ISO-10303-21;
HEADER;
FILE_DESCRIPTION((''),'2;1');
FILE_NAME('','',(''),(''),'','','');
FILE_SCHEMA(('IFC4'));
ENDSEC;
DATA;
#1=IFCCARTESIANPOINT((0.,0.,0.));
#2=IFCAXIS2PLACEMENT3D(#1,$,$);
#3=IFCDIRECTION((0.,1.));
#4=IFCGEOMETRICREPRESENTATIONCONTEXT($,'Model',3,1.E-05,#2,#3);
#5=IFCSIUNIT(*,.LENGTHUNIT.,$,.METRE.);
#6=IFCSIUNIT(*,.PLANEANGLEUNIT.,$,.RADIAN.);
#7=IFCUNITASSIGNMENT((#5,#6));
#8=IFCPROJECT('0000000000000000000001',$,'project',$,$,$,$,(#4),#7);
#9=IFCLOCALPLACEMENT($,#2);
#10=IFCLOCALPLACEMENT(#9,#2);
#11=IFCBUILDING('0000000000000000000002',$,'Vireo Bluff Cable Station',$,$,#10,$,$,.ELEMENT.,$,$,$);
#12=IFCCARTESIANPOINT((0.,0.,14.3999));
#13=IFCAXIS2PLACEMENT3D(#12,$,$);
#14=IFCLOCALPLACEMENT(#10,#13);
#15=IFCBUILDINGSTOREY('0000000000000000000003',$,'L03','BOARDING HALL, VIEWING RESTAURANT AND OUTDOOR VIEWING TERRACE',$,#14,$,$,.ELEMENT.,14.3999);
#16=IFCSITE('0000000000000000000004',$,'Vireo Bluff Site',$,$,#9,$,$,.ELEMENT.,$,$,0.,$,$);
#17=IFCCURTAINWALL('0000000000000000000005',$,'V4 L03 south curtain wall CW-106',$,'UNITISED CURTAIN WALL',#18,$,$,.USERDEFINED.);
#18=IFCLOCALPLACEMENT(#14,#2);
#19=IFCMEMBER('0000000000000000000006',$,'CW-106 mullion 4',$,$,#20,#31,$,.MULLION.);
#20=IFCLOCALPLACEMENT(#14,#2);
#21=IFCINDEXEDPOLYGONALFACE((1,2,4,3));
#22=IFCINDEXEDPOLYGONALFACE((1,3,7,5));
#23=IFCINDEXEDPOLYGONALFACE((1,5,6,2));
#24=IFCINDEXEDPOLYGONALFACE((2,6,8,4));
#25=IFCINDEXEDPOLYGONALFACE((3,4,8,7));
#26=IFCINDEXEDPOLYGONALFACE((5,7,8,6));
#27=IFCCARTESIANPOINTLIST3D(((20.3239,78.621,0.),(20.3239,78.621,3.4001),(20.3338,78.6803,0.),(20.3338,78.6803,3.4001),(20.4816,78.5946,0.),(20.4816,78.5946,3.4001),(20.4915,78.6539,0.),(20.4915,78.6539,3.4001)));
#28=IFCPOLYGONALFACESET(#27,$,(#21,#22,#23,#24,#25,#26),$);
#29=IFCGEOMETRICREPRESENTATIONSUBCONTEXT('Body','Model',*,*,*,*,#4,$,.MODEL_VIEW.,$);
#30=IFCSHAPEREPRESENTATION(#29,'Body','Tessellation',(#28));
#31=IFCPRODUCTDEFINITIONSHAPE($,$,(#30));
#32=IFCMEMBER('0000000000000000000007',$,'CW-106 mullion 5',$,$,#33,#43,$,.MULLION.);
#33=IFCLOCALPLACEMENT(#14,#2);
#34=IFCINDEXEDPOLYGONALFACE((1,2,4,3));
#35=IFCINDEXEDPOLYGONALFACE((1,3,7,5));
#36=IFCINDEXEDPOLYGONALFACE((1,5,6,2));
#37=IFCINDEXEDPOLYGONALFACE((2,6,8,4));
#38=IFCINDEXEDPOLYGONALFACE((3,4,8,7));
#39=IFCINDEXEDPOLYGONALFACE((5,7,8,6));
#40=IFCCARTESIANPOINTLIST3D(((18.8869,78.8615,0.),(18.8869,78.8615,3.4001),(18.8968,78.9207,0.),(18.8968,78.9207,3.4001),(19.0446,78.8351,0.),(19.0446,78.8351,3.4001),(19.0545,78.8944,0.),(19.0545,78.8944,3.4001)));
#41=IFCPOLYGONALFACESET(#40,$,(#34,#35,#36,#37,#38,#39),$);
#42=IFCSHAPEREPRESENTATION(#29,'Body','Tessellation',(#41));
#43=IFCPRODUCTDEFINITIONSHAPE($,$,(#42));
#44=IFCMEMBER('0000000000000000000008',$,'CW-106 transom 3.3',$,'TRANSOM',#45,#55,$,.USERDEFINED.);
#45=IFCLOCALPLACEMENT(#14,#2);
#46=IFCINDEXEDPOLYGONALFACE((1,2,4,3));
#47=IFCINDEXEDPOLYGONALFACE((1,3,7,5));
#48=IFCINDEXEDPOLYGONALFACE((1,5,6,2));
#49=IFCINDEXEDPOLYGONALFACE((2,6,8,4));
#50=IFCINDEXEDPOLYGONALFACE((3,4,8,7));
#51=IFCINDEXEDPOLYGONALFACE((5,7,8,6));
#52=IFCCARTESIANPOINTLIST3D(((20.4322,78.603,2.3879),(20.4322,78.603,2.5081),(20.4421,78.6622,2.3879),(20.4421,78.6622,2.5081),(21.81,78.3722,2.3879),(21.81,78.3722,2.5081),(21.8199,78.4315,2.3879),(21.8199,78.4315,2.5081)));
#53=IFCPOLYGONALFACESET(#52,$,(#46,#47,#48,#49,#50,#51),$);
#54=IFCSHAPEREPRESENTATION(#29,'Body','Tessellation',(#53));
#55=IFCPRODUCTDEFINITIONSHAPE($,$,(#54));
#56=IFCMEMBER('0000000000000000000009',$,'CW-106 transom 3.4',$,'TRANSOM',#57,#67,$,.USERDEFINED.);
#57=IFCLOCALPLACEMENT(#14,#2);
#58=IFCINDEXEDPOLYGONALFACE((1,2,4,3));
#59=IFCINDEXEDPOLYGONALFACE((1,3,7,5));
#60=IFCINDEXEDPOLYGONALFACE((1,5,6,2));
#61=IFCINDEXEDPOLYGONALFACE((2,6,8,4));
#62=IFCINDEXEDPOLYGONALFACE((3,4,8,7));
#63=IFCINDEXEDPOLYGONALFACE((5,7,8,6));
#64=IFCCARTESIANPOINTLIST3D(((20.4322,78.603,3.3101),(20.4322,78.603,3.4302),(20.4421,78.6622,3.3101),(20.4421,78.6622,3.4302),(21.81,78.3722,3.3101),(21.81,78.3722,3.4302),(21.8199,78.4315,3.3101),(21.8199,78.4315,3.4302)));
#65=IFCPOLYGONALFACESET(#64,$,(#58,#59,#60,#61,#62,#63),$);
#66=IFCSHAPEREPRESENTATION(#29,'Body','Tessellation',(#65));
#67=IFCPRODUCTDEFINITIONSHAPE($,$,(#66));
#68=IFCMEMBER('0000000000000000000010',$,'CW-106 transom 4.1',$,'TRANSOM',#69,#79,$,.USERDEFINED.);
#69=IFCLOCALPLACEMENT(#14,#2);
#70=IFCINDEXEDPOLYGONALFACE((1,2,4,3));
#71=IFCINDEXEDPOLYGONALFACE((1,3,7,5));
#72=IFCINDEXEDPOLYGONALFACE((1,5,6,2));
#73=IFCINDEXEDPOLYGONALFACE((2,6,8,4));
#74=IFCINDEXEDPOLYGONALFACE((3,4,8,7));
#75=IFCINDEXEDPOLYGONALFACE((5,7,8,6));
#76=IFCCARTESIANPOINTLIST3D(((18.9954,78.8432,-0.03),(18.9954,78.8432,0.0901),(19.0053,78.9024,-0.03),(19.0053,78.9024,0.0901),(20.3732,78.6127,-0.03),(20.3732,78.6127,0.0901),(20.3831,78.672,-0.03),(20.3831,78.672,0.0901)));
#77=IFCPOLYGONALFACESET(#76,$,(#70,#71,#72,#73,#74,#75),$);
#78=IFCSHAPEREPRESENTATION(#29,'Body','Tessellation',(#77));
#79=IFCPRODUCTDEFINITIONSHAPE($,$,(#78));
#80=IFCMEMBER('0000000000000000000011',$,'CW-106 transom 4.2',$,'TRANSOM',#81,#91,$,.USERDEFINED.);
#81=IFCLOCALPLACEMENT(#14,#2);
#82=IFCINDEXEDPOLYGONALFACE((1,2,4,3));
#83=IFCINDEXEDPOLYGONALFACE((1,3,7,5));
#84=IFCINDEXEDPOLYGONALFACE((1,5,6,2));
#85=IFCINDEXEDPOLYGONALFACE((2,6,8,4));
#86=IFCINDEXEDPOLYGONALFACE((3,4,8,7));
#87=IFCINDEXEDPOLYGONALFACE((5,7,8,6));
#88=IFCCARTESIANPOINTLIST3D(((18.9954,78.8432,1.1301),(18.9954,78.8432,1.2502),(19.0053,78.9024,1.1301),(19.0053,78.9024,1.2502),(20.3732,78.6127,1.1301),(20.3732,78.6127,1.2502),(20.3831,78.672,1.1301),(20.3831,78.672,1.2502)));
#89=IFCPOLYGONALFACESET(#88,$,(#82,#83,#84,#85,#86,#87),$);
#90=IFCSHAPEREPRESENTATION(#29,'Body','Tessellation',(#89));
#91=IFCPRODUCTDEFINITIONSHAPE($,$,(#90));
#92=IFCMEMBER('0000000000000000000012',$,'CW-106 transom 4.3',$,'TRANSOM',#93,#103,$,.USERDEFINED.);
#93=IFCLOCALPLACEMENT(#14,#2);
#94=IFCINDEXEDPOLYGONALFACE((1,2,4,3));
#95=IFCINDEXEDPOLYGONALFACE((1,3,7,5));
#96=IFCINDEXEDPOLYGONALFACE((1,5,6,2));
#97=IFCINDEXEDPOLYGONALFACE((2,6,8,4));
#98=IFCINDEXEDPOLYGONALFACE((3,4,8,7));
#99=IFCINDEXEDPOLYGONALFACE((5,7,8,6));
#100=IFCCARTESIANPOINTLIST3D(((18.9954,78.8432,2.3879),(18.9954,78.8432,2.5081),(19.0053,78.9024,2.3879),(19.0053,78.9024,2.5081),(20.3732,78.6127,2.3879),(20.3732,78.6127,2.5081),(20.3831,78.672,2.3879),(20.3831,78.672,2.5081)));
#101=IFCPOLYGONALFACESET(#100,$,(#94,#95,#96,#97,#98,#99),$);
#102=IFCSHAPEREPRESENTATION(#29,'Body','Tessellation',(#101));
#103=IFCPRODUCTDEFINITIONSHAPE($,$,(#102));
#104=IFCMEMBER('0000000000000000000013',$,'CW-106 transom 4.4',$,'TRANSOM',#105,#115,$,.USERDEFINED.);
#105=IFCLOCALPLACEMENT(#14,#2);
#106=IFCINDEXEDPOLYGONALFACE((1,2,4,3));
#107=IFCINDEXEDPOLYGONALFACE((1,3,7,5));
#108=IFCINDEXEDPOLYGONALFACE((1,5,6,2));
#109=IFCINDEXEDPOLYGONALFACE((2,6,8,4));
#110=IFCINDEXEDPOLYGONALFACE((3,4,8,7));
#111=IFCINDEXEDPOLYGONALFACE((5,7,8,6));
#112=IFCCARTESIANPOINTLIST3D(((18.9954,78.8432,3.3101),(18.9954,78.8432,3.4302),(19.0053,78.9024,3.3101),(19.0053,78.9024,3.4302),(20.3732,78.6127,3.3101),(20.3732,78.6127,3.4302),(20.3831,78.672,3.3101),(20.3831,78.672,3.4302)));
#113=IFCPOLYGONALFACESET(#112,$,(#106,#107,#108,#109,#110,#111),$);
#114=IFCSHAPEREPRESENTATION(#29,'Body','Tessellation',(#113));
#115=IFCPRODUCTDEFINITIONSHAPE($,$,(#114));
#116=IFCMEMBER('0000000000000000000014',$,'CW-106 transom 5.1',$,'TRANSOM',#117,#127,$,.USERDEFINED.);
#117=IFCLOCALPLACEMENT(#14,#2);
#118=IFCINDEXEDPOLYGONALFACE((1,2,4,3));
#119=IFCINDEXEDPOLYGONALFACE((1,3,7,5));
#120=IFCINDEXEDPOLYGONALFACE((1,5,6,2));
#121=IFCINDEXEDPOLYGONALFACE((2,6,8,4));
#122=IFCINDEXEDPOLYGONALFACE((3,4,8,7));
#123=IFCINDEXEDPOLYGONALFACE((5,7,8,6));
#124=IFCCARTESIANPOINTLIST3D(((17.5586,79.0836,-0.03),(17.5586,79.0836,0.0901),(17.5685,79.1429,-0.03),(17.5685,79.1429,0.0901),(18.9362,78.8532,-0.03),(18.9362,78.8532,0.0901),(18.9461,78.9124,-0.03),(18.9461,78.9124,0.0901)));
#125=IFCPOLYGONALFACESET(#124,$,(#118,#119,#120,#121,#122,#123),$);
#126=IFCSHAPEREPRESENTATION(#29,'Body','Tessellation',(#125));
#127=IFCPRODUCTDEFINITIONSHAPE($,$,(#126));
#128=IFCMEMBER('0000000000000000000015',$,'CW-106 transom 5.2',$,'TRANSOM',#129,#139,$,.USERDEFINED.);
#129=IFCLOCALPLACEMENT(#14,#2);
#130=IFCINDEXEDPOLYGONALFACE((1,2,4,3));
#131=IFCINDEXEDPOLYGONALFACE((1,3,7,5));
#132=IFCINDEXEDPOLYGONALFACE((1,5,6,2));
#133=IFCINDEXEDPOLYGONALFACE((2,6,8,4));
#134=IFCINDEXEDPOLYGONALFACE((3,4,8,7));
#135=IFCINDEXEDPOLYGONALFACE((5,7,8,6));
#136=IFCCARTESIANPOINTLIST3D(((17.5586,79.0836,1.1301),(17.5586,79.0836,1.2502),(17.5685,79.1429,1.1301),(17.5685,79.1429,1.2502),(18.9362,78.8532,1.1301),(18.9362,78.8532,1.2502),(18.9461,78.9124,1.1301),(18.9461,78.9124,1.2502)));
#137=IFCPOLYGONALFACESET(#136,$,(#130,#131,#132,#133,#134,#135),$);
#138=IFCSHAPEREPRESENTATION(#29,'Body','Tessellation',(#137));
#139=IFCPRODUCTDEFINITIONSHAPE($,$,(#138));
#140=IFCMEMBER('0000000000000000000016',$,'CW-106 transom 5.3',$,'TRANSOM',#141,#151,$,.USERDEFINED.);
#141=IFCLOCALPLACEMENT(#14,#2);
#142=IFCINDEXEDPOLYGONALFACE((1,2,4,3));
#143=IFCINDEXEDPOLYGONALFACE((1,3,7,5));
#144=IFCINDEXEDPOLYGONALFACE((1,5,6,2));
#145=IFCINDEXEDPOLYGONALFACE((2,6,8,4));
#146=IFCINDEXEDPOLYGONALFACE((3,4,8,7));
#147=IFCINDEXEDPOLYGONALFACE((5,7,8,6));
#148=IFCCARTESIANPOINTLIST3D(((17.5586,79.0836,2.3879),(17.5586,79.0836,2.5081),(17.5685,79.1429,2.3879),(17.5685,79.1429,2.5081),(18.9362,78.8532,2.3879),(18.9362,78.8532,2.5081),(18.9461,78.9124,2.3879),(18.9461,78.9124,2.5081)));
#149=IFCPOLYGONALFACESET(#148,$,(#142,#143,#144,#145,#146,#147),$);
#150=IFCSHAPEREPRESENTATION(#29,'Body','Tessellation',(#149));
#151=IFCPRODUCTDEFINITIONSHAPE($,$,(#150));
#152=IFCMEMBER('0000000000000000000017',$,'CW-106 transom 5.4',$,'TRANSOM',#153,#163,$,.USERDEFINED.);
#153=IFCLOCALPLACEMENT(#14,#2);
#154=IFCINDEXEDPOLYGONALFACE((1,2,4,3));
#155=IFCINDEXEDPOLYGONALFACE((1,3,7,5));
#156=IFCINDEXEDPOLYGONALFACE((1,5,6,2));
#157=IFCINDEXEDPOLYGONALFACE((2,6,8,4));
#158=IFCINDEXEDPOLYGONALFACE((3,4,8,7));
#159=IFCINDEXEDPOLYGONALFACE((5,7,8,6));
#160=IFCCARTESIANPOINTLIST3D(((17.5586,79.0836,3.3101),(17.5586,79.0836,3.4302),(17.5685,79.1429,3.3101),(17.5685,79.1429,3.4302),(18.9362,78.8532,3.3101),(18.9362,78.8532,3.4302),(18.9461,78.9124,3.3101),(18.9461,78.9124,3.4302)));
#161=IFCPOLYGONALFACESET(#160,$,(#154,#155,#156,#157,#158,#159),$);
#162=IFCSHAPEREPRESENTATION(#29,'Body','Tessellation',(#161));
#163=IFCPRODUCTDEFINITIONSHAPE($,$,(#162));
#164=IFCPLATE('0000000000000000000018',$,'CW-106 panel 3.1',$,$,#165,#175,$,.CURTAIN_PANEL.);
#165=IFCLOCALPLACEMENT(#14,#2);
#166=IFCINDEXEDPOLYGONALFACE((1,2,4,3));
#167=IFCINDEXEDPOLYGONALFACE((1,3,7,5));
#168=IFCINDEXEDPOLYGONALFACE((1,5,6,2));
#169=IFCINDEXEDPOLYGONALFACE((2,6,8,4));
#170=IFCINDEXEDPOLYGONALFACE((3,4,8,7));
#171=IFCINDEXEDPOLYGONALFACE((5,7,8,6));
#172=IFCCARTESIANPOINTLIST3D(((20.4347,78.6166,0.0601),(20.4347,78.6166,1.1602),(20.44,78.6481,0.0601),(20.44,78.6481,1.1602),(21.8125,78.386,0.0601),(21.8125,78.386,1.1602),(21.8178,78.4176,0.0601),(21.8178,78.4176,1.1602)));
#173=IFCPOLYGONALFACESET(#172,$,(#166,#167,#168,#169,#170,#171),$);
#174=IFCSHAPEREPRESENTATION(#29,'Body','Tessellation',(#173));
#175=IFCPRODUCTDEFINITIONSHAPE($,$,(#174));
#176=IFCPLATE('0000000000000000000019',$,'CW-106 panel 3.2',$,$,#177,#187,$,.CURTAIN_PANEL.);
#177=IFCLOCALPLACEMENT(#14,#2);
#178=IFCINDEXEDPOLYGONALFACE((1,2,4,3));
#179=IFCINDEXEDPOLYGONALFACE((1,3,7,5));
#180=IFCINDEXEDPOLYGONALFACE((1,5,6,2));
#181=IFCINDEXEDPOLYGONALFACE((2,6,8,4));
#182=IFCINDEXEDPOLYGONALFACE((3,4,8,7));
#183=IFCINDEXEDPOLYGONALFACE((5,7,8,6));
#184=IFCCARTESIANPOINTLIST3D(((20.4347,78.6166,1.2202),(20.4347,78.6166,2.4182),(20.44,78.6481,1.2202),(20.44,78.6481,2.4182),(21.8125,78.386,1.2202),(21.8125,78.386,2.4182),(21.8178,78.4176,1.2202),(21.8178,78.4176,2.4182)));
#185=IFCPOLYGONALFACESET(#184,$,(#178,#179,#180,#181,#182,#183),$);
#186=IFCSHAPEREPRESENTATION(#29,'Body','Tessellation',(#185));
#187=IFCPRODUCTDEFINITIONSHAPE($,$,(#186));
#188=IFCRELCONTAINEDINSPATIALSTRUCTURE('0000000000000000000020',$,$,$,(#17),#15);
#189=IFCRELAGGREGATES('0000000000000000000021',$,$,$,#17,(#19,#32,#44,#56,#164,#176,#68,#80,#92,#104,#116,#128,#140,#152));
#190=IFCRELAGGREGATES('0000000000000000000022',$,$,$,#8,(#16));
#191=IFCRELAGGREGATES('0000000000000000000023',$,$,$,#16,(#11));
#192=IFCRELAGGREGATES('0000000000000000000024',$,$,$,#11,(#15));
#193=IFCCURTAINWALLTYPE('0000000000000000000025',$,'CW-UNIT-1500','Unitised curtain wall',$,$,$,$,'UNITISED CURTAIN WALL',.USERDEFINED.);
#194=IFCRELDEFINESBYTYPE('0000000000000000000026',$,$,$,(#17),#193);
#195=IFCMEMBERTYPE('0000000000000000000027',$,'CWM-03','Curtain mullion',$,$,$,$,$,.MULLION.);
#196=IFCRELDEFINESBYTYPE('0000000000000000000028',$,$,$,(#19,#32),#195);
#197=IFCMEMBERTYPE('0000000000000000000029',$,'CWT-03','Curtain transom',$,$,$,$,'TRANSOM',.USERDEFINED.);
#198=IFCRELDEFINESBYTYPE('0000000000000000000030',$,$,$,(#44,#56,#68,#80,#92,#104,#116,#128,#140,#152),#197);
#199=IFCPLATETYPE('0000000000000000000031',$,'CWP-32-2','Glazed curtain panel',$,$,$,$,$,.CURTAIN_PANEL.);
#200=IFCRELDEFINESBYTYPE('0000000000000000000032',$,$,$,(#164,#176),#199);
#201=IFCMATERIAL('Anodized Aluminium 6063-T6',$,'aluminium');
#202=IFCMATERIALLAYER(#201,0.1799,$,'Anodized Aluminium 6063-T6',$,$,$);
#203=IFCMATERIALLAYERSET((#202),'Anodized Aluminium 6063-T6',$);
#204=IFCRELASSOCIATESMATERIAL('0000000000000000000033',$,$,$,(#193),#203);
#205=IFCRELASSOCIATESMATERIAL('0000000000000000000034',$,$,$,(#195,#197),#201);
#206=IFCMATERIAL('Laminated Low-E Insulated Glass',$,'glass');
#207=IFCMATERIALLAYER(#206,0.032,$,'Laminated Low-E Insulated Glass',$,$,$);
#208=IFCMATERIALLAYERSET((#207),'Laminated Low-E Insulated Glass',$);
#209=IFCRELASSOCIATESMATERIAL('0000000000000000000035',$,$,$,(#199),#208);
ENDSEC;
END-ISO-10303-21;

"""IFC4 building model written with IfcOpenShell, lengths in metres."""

from ifc_helpers import new_model, si_unit, direction, frame, origin, origin_2d, place, context, subcontext, project, spatial, rectangle, extrude, material, layer, layer_set, material_profile, profile_set, type_object, element, aggregate, save


model = new_model("IFC4")

# Units and contexts
model_context = context("Model", 3, precision=1e-05, world=origin(), true_north=direction((0.0, 1.0)))
body_context = subcontext(model_context, "Body", "Model", "MODEL_VIEW")
ifc_project = project(units=[si_unit("LENGTHUNIT", "METRE"), si_unit("PLANEANGLEUNIT", "RADIAN")], contexts=[model_context])

# Site, building, storey
site_placement = place(None, origin())
site = spatial("IfcSite", under=ifc_project, at=site_placement, Name="Vireo Bluff Site", CompositionType="ELEMENT", RefElevation=0.0)
building_placement = place(site_placement, origin())
building = spatial("IfcBuilding", under=site, at=building_placement, Name="Vireo Bluff Cable Station", CompositionType="ELEMENT")
storey_placement = place(building_placement, frame((0.0, 0.0, 14.3999)))
storey = spatial("IfcBuildingStorey", under=building, at=storey_placement, Name="L03", Description="BOARDING HALL, VIEWING RESTAURANT AND OUTDOOR VIEWING TERRACE", CompositionType="ELEMENT", Elevation=14.3999)

# Curtain wall, members, plates
ifc_material_1 = material(Name="Anodized Aluminium 6063-T6", Category="aluminium")
ifc_layer_1 = layer(ifc_material_1, 0.1799, Name="Anodized Aluminium 6063-T6")
ifc_layer_set_1 = layer_set([ifc_layer_1], Name="Anodized Aluminium 6063-T6")
curtain_wall_type = type_object("IfcCurtainWallType", Name="CW-UNIT-1500", Description="Unitised curtain wall", ElementType="UNITISED CURTAIN WALL", PredefinedType="USERDEFINED", material=ifc_layer_set_1)
curtain_wall_placement = place(storey_placement, origin())
curtain_wall = element("IfcCurtainWall", 1, at=curtain_wall_placement, inside=storey, type_object=curtain_wall_type, Name="V4 L03 south curtain wall CW-106", ObjectType="UNITISED CURTAIN WALL", PredefinedType="USERDEFINED")
ifc_material_profile_1 = material_profile(ifc_material_1, rectangle(XDim=0.0601, YDim=0.1599, at=origin_2d()), Name="ALU-M-60X160")
ifc_profile_set_1 = profile_set([ifc_material_profile_1], Name="Anodized Aluminium 6063-T6")
member_type_1 = type_object("IfcMemberType", Name="CWM-03", Description="Curtain mullion", PredefinedType="MULLION", material=ifc_profile_set_1)
member_1_placement = place(storey_placement, frame((20.4077, 78.6375, 0.0), z_axis=(0.0, 0.0, 1.0), x_axis=(-0.165048, -0.986286, 0.0)))
member_1 = element("IfcMember", 2, at=member_1_placement, type_object=member_type_1, Name="CW-106 mullion 4", PredefinedType="MULLION", context=body_context, shape_type="SweptSolid", body=[
    extrude(rectangle(XDim=0.0601, YDim=0.1599, at=origin_2d()), origin(), (0.0, 0.0, 1.0), 3.4001),
])
member_2_placement = place(storey_placement, frame((18.9707, 78.8779, 0.0), z_axis=(0.0, 0.0, 1.0), x_axis=(-0.165048, -0.986286, 0.0)))
member_2 = element("IfcMember", 3, at=member_2_placement, type_object=member_type_1, Name="CW-106 mullion 5", PredefinedType="MULLION", context=body_context, shape_type="SweptSolid", body=[
    extrude(rectangle(XDim=0.0601, YDim=0.1599, at=origin_2d()), origin(), (0.0, 0.0, 1.0), 3.4001),
])
ifc_material_profile_2 = material_profile(ifc_material_1, rectangle(XDim=0.0601, YDim=0.1201, at=origin_2d()), Name="ALU-T-60X120")
ifc_profile_set_2 = profile_set([ifc_material_profile_2], Name="Anodized Aluminium 6063-T6")
member_type_2 = type_object("IfcMemberType", Name="CWT-03", Description="Curtain transom", ElementType="TRANSOM", PredefinedType="USERDEFINED", material=ifc_profile_set_2)
member_3_placement = place(storey_placement, frame((21.8149, 78.4019, 2.448), z_axis=(-0.986266, 0.165164, 0.0), x_axis=(-0.165164, -0.986266, 0.0)))
member_3 = element("IfcMember", 4, at=member_3_placement, type_object=member_type_2, Name="CW-106 transom 3.3", ObjectType="TRANSOM", PredefinedType="USERDEFINED", context=body_context, shape_type="SweptSolid", body=[
    extrude(rectangle(XDim=0.0601, YDim=0.1201, at=origin_2d()), origin(), (0.0, 0.0, 1.0), 1.397),
])
member_4_placement = place(storey_placement, frame((21.8149, 78.4019, 3.3701), z_axis=(-0.986266, 0.165164, 0.0), x_axis=(-0.165164, -0.986266, 0.0)))
member_4 = element("IfcMember", 5, at=member_4_placement, type_object=member_type_2, Name="CW-106 transom 3.4", ObjectType="TRANSOM", PredefinedType="USERDEFINED", context=body_context, shape_type="SweptSolid", body=[
    extrude(rectangle(XDim=0.0601, YDim=0.1201, at=origin_2d()), origin(), (0.0, 0.0, 1.0), 1.397),
])
member_5_placement = place(storey_placement, frame((20.3782, 78.6423, 0.03), z_axis=(-0.986299, 0.164966, 0.0), x_axis=(-0.164966, -0.986299, 0.0)))
member_5 = element("IfcMember", 6, at=member_5_placement, type_object=member_type_2, Name="CW-106 transom 4.1", ObjectType="TRANSOM", PredefinedType="USERDEFINED", context=body_context, shape_type="SweptSolid", body=[
    extrude(rectangle(XDim=0.0601, YDim=0.1201, at=origin_2d()), origin(), (0.0, 0.0, 1.0), 1.397),
])
member_6_placement = place(storey_placement, frame((20.3782, 78.6423, 1.1902), z_axis=(-0.986299, 0.164966, 0.0), x_axis=(-0.164966, -0.986299, 0.0)))
member_6 = element("IfcMember", 7, at=member_6_placement, type_object=member_type_2, Name="CW-106 transom 4.2", ObjectType="TRANSOM", PredefinedType="USERDEFINED", context=body_context, shape_type="SweptSolid", body=[
    extrude(rectangle(XDim=0.0601, YDim=0.1201, at=origin_2d()), origin(), (0.0, 0.0, 1.0), 1.397),
])
member_7_placement = place(storey_placement, frame((20.3782, 78.6423, 2.448), z_axis=(-0.986299, 0.164966, 0.0), x_axis=(-0.164966, -0.986299, 0.0)))
member_7 = element("IfcMember", 8, at=member_7_placement, type_object=member_type_2, Name="CW-106 transom 4.3", ObjectType="TRANSOM", PredefinedType="USERDEFINED", context=body_context, shape_type="SweptSolid", body=[
    extrude(rectangle(XDim=0.0601, YDim=0.1201, at=origin_2d()), origin(), (0.0, 0.0, 1.0), 1.397),
])
member_8_placement = place(storey_placement, frame((20.3782, 78.6423, 3.3701), z_axis=(-0.986299, 0.164966, 0.0), x_axis=(-0.164966, -0.986299, 0.0)))
member_8 = element("IfcMember", 9, at=member_8_placement, type_object=member_type_2, Name="CW-106 transom 4.4", ObjectType="TRANSOM", PredefinedType="USERDEFINED", context=body_context, shape_type="SweptSolid", body=[
    extrude(rectangle(XDim=0.0601, YDim=0.1201, at=origin_2d()), origin(), (0.0, 0.0, 1.0), 1.397),
])
member_9_placement = place(storey_placement, frame((18.9412, 78.8828, 0.03), z_axis=(-0.986295, 0.164994, 0.0), x_axis=(-0.164994, -0.986295, 0.0)))
member_9 = element("IfcMember", 10, at=member_9_placement, type_object=member_type_2, Name="CW-106 transom 5.1", ObjectType="TRANSOM", PredefinedType="USERDEFINED", context=body_context, shape_type="SweptSolid", body=[
    extrude(rectangle(XDim=0.0601, YDim=0.1201, at=origin_2d()), origin(), (0.0, 0.0, 1.0), 1.3967),
])
member_10_placement = place(storey_placement, frame((18.9412, 78.8828, 1.1902), z_axis=(-0.986295, 0.164994, 0.0), x_axis=(-0.164994, -0.986295, 0.0)))
member_10 = element("IfcMember", 11, at=member_10_placement, type_object=member_type_2, Name="CW-106 transom 5.2", ObjectType="TRANSOM", PredefinedType="USERDEFINED", context=body_context, shape_type="SweptSolid", body=[
    extrude(rectangle(XDim=0.0601, YDim=0.1201, at=origin_2d()), origin(), (0.0, 0.0, 1.0), 1.3967),
])
member_11_placement = place(storey_placement, frame((18.9412, 78.8828, 2.448), z_axis=(-0.986295, 0.164994, 0.0), x_axis=(-0.164994, -0.986295, 0.0)))
member_11 = element("IfcMember", 12, at=member_11_placement, type_object=member_type_2, Name="CW-106 transom 5.3", ObjectType="TRANSOM", PredefinedType="USERDEFINED", context=body_context, shape_type="SweptSolid", body=[
    extrude(rectangle(XDim=0.0601, YDim=0.1201, at=origin_2d()), origin(), (0.0, 0.0, 1.0), 1.3967),
])
member_12_placement = place(storey_placement, frame((18.9412, 78.8828, 3.3701), z_axis=(-0.986295, 0.164994, 0.0), x_axis=(-0.164994, -0.986295, 0.0)))
member_12 = element("IfcMember", 13, at=member_12_placement, type_object=member_type_2, Name="CW-106 transom 5.4", ObjectType="TRANSOM", PredefinedType="USERDEFINED", context=body_context, shape_type="SweptSolid", body=[
    extrude(rectangle(XDim=0.0601, YDim=0.1201, at=origin_2d()), origin(), (0.0, 0.0, 1.0), 1.3967),
])
ifc_material_2 = material(Name="Laminated Low-E Insulated Glass", Category="glass")
ifc_layer_2 = layer(ifc_material_2, 0.032, Name="Laminated Low-E Insulated Glass")
ifc_layer_set_2 = layer_set([ifc_layer_2], Name="Laminated Low-E Insulated Glass")
plate_type = type_object("IfcPlateType", Name="CWP-32-2", Description="Glazed curtain panel", PredefinedType="CURTAIN_PANEL", material=ifc_layer_set_2)
plate_1_placement = place(storey_placement, frame((21.1262, 78.5171, 0.0601), z_axis=(0.0, 0.0, 1.0), x_axis=(-0.986286, 0.165048, 0.0)))
plate_1 = element("IfcPlate", 14, at=plate_1_placement, type_object=plate_type, Name="CW-106 panel 3.1", PredefinedType="CURTAIN_PANEL", context=body_context, shape_type="SweptSolid", body=[
    extrude(rectangle(XDim=1.397, YDim=0.032, at=origin_2d()), origin(), (0.0, 0.0, 1.0), 1.1001),
])
plate_2_placement = place(storey_placement, frame((21.1262, 78.5171, 1.2202), z_axis=(0.0, 0.0, 1.0), x_axis=(-0.986286, 0.165048, 0.0)))
plate_2 = element("IfcPlate", 15, at=plate_2_placement, type_object=plate_type, Name="CW-106 panel 3.2", PredefinedType="CURTAIN_PANEL", context=body_context, shape_type="SweptSolid", body=[
    extrude(rectangle(XDim=1.397, YDim=0.032, at=origin_2d()), origin(), (0.0, 0.0, 1.0), 1.198),
])
aggregate(curtain_wall, [member_1, member_2, member_3, member_4, plate_1, plate_2, member_5, member_6, member_7, member_8, member_9, member_10, member_11, member_12])

save(model, "model.ifc")
